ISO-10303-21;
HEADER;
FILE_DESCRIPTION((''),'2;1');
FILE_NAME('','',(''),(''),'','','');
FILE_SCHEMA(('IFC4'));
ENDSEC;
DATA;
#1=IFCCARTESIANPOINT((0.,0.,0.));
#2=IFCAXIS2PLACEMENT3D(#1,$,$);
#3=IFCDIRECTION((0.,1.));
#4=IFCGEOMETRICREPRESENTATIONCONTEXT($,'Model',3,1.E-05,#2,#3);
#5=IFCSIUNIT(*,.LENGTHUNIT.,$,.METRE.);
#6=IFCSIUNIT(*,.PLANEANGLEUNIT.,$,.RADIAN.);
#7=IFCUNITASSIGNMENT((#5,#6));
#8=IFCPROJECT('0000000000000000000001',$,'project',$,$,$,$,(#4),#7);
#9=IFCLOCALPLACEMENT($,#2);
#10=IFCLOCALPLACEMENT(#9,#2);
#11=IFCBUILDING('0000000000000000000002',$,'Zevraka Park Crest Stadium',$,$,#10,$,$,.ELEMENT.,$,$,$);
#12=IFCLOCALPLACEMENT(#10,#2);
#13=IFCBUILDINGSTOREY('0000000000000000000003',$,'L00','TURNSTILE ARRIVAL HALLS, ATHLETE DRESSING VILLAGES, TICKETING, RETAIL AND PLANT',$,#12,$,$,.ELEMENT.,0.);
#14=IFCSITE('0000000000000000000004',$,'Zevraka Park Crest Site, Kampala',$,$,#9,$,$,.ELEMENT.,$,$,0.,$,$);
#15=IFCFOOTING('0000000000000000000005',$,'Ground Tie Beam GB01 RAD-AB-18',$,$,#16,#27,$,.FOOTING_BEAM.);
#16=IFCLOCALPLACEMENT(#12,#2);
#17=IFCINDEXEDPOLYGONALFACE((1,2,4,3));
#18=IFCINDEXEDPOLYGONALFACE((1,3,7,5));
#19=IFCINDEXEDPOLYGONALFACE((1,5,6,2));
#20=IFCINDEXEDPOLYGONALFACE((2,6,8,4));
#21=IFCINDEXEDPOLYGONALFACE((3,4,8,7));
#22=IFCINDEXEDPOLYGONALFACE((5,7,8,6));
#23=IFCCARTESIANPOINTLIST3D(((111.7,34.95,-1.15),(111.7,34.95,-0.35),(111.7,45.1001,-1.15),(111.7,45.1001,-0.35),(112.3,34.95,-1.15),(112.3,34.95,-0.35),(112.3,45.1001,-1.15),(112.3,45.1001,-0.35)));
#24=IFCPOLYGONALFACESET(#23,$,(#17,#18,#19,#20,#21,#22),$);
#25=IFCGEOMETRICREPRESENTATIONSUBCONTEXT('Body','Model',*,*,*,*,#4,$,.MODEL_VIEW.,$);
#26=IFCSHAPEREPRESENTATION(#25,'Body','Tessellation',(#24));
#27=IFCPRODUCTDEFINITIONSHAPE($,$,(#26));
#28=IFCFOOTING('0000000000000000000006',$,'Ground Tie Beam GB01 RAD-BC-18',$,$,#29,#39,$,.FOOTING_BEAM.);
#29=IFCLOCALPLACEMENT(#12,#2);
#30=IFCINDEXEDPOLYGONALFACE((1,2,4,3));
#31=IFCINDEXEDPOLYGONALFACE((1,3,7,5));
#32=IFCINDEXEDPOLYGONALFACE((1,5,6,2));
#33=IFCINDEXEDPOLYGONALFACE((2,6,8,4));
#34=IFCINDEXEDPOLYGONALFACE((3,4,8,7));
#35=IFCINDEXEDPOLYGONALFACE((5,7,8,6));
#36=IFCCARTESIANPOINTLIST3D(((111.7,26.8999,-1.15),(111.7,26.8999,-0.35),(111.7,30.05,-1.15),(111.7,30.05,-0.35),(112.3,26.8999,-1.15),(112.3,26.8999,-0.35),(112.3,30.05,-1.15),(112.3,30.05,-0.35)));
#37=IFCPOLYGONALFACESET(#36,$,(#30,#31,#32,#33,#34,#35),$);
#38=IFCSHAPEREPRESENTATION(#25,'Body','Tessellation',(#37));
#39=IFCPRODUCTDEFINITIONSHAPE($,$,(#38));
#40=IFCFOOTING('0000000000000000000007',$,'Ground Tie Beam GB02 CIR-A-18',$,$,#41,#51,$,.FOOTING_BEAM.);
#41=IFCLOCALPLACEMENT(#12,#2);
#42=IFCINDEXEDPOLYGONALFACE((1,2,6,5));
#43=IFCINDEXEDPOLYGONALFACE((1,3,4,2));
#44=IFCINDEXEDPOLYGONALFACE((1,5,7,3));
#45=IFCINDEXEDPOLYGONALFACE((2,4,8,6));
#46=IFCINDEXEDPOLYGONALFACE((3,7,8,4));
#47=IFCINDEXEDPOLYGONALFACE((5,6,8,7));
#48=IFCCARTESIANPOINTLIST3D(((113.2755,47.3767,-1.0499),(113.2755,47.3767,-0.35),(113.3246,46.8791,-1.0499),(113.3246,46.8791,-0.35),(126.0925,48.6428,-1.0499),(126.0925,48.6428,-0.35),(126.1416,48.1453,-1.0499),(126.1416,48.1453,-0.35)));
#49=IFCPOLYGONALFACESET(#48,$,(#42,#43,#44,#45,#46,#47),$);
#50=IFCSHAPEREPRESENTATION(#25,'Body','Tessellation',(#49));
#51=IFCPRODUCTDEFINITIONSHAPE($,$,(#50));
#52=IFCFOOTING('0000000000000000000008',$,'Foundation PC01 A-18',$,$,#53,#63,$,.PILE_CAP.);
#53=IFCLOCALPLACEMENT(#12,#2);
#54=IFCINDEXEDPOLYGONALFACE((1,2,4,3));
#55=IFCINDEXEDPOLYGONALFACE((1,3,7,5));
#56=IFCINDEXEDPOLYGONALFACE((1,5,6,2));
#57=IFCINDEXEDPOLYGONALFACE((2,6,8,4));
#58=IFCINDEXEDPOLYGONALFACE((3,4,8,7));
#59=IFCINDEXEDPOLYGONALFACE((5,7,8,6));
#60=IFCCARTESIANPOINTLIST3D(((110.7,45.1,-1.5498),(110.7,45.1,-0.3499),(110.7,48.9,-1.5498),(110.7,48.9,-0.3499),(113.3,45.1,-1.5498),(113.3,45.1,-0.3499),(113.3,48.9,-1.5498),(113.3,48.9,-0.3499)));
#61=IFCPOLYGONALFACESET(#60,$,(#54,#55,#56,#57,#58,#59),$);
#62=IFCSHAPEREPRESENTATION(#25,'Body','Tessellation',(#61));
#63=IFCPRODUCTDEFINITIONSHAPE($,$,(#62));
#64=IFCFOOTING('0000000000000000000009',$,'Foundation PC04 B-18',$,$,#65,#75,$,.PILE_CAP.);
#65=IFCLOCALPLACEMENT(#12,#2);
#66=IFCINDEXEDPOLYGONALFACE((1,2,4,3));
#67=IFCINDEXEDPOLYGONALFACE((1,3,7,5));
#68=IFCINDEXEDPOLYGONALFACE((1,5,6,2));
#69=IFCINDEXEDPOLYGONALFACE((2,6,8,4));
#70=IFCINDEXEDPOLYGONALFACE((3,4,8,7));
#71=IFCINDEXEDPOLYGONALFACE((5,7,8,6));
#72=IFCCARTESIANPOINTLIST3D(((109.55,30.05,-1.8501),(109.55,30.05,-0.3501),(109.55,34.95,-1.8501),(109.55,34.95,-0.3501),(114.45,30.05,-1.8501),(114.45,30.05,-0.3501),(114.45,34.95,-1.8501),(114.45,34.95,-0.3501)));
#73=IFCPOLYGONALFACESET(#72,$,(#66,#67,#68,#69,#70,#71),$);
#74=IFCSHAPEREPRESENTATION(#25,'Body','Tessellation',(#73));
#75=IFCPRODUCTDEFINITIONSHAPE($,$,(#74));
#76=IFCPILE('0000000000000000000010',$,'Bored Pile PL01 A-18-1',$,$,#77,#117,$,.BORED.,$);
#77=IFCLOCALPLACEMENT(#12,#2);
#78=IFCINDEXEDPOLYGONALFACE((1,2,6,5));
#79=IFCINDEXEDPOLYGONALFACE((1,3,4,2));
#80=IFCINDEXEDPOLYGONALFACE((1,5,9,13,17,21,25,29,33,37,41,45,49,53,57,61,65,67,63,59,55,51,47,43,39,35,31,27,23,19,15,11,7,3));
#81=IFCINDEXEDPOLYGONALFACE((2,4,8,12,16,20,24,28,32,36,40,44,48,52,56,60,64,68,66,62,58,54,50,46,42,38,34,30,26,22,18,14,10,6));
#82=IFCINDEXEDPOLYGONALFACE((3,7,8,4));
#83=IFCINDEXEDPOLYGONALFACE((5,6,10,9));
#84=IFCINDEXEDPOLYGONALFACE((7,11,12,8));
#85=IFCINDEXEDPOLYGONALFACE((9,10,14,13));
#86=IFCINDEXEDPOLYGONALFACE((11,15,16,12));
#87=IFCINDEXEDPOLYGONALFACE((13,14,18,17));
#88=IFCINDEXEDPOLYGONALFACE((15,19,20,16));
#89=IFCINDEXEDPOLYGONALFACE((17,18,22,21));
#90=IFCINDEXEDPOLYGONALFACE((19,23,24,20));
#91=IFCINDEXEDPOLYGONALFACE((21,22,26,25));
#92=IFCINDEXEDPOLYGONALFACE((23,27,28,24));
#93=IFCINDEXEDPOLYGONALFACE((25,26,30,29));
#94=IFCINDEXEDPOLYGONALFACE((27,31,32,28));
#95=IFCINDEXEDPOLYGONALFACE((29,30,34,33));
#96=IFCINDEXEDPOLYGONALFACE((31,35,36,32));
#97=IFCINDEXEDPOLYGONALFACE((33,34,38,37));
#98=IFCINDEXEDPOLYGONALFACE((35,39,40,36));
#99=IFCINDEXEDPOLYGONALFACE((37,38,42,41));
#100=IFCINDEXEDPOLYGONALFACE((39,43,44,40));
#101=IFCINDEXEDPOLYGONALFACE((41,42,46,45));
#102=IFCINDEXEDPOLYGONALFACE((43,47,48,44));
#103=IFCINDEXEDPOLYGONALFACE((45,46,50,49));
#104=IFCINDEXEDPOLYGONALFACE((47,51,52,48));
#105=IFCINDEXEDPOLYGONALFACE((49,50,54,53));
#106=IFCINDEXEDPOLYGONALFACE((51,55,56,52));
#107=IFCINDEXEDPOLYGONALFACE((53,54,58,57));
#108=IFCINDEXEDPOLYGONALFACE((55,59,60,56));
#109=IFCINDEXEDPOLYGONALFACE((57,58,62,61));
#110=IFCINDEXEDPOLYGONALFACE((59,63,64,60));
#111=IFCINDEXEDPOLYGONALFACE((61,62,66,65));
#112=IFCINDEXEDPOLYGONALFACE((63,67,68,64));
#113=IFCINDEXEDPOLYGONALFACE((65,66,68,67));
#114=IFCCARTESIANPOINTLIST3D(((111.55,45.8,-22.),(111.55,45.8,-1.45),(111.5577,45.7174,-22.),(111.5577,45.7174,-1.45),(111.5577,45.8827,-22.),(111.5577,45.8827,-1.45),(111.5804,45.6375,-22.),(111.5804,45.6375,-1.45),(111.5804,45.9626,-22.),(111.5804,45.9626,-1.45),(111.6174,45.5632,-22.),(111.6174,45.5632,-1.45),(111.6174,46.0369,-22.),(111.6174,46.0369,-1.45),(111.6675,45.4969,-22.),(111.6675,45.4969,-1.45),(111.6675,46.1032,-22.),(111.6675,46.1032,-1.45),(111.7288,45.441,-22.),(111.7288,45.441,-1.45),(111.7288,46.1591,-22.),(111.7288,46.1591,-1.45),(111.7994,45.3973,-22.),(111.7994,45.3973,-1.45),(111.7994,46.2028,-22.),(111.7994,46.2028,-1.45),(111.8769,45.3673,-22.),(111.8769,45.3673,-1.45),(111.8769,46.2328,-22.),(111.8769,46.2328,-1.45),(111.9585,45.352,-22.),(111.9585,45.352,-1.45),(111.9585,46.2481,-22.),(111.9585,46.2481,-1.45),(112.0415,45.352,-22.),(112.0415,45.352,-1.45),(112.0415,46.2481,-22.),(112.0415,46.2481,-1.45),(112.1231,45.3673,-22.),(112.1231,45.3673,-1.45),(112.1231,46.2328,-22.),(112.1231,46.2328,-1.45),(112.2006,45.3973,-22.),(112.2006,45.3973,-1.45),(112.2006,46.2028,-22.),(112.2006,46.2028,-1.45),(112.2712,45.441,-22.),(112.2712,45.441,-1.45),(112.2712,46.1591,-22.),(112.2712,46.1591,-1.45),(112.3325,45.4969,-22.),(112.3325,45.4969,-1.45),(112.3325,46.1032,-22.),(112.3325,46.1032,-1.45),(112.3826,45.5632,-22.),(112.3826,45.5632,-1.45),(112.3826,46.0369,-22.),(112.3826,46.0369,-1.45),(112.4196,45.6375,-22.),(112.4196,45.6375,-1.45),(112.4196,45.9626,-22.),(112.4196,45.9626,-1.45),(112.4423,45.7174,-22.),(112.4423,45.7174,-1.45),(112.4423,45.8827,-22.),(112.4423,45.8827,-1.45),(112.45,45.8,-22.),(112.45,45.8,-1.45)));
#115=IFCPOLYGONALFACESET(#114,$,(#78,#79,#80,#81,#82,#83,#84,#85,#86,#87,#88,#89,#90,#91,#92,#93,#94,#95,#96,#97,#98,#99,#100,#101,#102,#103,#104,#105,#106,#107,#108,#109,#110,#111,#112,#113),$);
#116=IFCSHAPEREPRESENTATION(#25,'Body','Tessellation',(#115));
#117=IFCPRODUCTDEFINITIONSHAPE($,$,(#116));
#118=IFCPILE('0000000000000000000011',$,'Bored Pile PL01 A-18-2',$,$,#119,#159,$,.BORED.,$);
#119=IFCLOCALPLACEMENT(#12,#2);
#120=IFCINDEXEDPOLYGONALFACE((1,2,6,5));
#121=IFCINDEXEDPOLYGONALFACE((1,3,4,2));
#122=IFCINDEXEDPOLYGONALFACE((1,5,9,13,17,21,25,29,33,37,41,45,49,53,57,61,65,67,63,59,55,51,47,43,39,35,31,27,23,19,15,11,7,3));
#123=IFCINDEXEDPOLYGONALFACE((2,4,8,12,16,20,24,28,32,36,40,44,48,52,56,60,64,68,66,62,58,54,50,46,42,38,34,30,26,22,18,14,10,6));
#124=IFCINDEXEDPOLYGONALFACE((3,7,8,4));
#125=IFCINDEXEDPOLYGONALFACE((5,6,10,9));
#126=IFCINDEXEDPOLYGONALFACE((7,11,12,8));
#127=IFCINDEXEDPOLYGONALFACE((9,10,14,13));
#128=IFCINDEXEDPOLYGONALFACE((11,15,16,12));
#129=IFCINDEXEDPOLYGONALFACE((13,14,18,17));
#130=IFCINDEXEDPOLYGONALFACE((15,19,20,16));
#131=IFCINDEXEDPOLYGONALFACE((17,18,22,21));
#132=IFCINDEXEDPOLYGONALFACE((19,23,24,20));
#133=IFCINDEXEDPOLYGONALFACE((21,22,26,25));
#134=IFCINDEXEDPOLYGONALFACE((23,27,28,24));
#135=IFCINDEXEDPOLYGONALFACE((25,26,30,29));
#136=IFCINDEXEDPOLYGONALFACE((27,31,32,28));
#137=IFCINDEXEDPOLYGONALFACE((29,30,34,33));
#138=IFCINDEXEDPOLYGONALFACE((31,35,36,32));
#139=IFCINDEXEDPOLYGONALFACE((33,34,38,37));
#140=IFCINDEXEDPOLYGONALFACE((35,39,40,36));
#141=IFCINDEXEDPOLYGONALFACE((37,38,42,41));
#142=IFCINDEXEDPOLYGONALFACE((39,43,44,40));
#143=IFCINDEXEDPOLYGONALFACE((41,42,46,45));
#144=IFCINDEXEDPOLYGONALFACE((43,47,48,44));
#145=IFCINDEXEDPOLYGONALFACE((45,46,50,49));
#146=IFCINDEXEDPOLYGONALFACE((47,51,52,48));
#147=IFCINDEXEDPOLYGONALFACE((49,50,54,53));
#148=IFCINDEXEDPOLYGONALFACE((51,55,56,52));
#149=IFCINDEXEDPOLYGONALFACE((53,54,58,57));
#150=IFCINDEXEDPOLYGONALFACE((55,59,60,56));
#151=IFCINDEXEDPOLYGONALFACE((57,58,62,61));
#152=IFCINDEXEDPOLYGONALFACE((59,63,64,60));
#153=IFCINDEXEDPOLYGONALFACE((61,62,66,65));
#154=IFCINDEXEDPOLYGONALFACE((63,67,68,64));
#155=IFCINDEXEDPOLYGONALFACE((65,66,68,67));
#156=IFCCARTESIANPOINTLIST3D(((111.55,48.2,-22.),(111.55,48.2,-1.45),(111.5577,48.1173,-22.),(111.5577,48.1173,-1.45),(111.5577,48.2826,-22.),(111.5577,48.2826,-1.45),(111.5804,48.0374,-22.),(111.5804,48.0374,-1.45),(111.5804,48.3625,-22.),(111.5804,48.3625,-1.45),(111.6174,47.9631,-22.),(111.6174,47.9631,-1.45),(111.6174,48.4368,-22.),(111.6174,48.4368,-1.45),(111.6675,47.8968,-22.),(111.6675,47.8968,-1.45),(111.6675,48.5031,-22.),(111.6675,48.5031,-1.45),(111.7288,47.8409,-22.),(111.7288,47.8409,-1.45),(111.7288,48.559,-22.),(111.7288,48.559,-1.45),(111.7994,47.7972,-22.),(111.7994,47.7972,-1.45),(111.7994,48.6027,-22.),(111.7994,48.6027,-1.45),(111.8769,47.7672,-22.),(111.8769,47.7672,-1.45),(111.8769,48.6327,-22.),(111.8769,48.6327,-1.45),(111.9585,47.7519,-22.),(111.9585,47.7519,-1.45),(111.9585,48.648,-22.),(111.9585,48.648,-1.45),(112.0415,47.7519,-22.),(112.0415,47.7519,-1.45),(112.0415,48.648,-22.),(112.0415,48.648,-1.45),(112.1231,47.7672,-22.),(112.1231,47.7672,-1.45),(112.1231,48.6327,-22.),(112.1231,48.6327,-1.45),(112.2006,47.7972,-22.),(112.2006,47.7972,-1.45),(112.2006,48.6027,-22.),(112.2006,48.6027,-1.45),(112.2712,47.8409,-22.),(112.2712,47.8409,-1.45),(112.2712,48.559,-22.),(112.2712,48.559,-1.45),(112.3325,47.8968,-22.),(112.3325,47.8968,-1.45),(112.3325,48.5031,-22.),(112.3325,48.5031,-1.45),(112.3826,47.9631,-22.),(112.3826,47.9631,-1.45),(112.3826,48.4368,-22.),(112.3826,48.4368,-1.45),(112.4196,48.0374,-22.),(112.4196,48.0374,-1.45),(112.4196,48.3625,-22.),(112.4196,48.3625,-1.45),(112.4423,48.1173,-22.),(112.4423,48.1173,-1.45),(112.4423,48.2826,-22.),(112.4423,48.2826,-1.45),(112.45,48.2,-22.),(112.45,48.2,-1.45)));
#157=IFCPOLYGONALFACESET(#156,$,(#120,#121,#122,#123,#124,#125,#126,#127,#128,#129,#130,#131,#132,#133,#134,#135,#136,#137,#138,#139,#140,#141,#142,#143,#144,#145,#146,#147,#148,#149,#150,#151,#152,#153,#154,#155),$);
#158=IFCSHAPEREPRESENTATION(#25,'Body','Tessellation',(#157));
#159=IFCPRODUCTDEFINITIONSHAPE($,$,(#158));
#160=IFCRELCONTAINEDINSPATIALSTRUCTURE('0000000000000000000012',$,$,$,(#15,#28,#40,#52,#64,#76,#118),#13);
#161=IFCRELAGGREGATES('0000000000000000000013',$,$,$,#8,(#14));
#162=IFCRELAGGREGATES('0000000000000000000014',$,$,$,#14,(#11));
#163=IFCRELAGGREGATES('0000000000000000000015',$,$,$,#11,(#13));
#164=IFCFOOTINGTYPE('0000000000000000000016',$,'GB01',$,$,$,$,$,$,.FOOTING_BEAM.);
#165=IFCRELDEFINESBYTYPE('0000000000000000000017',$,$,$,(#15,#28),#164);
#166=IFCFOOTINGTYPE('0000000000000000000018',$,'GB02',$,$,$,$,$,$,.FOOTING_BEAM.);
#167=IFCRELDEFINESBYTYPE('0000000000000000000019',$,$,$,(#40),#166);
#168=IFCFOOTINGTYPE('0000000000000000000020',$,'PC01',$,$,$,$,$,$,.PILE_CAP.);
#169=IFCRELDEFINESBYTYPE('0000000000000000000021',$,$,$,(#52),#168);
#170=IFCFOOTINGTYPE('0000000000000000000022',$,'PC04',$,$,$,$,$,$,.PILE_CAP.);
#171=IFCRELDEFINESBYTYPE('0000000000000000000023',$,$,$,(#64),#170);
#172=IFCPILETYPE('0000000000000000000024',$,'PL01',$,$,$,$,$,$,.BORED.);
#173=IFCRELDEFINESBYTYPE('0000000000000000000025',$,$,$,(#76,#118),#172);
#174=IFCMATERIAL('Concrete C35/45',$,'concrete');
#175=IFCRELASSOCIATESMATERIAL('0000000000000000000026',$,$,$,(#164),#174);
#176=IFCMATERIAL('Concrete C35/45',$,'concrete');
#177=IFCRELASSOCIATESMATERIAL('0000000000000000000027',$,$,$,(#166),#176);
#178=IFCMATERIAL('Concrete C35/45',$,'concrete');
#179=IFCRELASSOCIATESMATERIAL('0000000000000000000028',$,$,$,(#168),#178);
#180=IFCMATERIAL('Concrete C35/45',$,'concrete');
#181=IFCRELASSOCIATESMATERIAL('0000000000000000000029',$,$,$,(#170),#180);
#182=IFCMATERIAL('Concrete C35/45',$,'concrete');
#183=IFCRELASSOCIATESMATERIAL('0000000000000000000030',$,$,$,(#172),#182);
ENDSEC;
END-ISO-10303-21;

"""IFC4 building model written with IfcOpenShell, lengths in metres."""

from ifc_helpers import new_model, si_unit, direction, frame, origin, origin_2d, place, context, subcontext, project, spatial, rectangle, circle, extrude, material, material_profile, profile_set, type_object, element, save


model = new_model("IFC4")

# Units and contexts
model_context = context("Model", 3, precision=1e-05, world=origin(), true_north=direction((0.0, 1.0)))
body_context = subcontext(model_context, "Body", "Model", "MODEL_VIEW")
ifc_project = project(units=[si_unit("LENGTHUNIT", "METRE"), si_unit("PLANEANGLEUNIT", "RADIAN")], contexts=[model_context])

# Site, building, storey
site_placement = place(None, origin())
site = spatial("IfcSite", under=ifc_project, at=site_placement, Name="Zevraka Park Crest Site, Kampala", CompositionType="ELEMENT", RefElevation=0.0)
building_placement = place(site_placement, origin())
building = spatial("IfcBuilding", under=site, at=building_placement, Name="Zevraka Park Crest Stadium", CompositionType="ELEMENT")
storey_placement = place(building_placement, origin())
storey = spatial("IfcBuildingStorey", under=building, at=storey_placement, Name="L00", Description="TURNSTILE ARRIVAL HALLS, ATHLETE DRESSING VILLAGES, TICKETING, RETAIL AND PLANT", CompositionType="ELEMENT", Elevation=0.0)

# Footings
ifc_material_1 = material(Name="Concrete C35/45", Category="concrete")
ifc_material_profile_1 = material_profile(ifc_material_1, rectangle(XDim=0.6001, YDim=0.8, at=origin_2d()), Name="GB 800x600")
ifc_profile_set_1 = profile_set([ifc_material_profile_1], Name="Concrete C35/45")
footing_type_1 = type_object("IfcFootingType", Name="GB01", PredefinedType="FOOTING_BEAM", material=ifc_profile_set_1)
footing_1_placement = place(storey_placement, frame((112.0, 45.1001, -0.75), z_axis=(0.0, -1.0, 0.0), x_axis=(1.0, 0.0, 0.0)))
element("IfcFooting", 1, at=footing_1_placement, inside=storey, type_object=footing_type_1, Name="Ground Tie Beam GB01 RAD-AB-18", PredefinedType="FOOTING_BEAM", context=body_context, shape_type="SweptSolid", body=[
    extrude(rectangle(XDim=0.6001, YDim=0.8, at=origin_2d()), origin(), (0.0, 0.0, 1.0), 10.1501),
])
footing_2_placement = place(storey_placement, frame((112.0, 30.05, -0.75), z_axis=(0.0, -1.0, 0.0), x_axis=(1.0, 0.0, 0.0)))
element("IfcFooting", 2, at=footing_2_placement, inside=storey, type_object=footing_type_1, Name="Ground Tie Beam GB01 RAD-BC-18", PredefinedType="FOOTING_BEAM", context=body_context, shape_type="SweptSolid", body=[
    extrude(rectangle(XDim=0.6001, YDim=0.8, at=origin_2d()), origin(), (0.0, 0.0, 1.0), 3.1501),
])
ifc_material_2 = material(Name="Concrete C35/45", Category="concrete")
ifc_material_profile_2 = material_profile(ifc_material_2, rectangle(XDim=0.5, YDim=0.7, at=origin_2d()), Name="GB 700x500")
ifc_profile_set_2 = profile_set([ifc_material_profile_2], Name="Concrete C35/45")
footing_type_2 = type_object("IfcFootingType", Name="GB02", PredefinedType="FOOTING_BEAM", material=ifc_profile_set_2)
footing_3_placement = place(storey_placement, frame((113.3, 47.1279, -0.7), z_axis=(0.995156, 0.098306, 0.0), x_axis=(-0.098306, 0.995156, 0.0)))
element("IfcFooting", 3, at=footing_3_placement, inside=storey, type_object=footing_type_2, Name="Ground Tie Beam GB02 CIR-A-18", PredefinedType="FOOTING_BEAM", context=body_context, shape_type="SweptSolid", body=[
    extrude(rectangle(XDim=0.5, YDim=0.7, at=origin_2d()), origin(), (0.0, 0.0, 1.0), 12.8794),
])
ifc_material_3 = material(Name="Concrete C35/45", Category="concrete")
footing_type_3 = type_object("IfcFootingType", Name="PC01", PredefinedType="PILE_CAP", material=ifc_material_3)
footing_4_placement = place(storey_placement, frame((112.0, 47.0, -1.5498), z_axis=(0.0, 0.0, 1.0), x_axis=(0.0, 1.0, 0.0)))
element("IfcFooting", 4, at=footing_4_placement, inside=storey, type_object=footing_type_3, Name="Foundation PC01 A-18", PredefinedType="PILE_CAP", context=body_context, shape_type="SweptSolid", body=[
    extrude(rectangle(XDim=3.8, YDim=2.6001, at=origin_2d()), origin(), (0.0, 0.0, 1.0), 1.2),
])
ifc_material_4 = material(Name="Concrete C35/45", Category="concrete")
footing_type_4 = type_object("IfcFootingType", Name="PC04", PredefinedType="PILE_CAP", material=ifc_material_4)
footing_5_placement = place(storey_placement, frame((112.0, 32.5, -1.8501), z_axis=(0.0, 0.0, 1.0), x_axis=(0.0, 1.0, 0.0)))
element("IfcFooting", 5, at=footing_5_placement, inside=storey, type_object=footing_type_4, Name="Foundation PC04 B-18", PredefinedType="PILE_CAP", context=body_context, shape_type="SweptSolid", body=[
    extrude(rectangle(XDim=4.8999, YDim=4.8999, at=origin_2d()), origin(), (0.0, 0.0, 1.0), 1.5),
])

# Piles
ifc_material_5 = material(Name="Concrete C35/45", Category="concrete")
ifc_material_profile_3 = material_profile(ifc_material_5, circle(Radius=0.45, at=origin_2d()), Name="PILE D900")
ifc_profile_set_3 = profile_set([ifc_material_profile_3], Name="Concrete C35/45")
pile_type_1 = type_object("IfcPileType", Name="PL01", PredefinedType="BORED", material=ifc_profile_set_3)
for number, where, z_axis, x_axis, name in (
    (6, (112.0, 45.8, -1.45), (0.0, 0.0, -1.0), (1.0, 0.0, 0.0), "Bored Pile PL01 A-18-1"),
    (7, (112.0, 48.2, -1.45), (0.0, 0.0, -1.0), (1.0, 0.0, 0.0), "Bored Pile PL01 A-18-2"),
):
    element("IfcPile", number, at=place(storey_placement, frame(where, z_axis=z_axis, x_axis=x_axis)), inside=storey, type_object=pile_type_1, Name=name, PredefinedType="BORED", context=body_context, shape_type="SweptSolid", body=[
        extrude(circle(Radius=0.45, at=origin_2d()), origin(), (0.0, 0.0, 1.0), 20.55),
    ])

save(model, "model.ifc")
